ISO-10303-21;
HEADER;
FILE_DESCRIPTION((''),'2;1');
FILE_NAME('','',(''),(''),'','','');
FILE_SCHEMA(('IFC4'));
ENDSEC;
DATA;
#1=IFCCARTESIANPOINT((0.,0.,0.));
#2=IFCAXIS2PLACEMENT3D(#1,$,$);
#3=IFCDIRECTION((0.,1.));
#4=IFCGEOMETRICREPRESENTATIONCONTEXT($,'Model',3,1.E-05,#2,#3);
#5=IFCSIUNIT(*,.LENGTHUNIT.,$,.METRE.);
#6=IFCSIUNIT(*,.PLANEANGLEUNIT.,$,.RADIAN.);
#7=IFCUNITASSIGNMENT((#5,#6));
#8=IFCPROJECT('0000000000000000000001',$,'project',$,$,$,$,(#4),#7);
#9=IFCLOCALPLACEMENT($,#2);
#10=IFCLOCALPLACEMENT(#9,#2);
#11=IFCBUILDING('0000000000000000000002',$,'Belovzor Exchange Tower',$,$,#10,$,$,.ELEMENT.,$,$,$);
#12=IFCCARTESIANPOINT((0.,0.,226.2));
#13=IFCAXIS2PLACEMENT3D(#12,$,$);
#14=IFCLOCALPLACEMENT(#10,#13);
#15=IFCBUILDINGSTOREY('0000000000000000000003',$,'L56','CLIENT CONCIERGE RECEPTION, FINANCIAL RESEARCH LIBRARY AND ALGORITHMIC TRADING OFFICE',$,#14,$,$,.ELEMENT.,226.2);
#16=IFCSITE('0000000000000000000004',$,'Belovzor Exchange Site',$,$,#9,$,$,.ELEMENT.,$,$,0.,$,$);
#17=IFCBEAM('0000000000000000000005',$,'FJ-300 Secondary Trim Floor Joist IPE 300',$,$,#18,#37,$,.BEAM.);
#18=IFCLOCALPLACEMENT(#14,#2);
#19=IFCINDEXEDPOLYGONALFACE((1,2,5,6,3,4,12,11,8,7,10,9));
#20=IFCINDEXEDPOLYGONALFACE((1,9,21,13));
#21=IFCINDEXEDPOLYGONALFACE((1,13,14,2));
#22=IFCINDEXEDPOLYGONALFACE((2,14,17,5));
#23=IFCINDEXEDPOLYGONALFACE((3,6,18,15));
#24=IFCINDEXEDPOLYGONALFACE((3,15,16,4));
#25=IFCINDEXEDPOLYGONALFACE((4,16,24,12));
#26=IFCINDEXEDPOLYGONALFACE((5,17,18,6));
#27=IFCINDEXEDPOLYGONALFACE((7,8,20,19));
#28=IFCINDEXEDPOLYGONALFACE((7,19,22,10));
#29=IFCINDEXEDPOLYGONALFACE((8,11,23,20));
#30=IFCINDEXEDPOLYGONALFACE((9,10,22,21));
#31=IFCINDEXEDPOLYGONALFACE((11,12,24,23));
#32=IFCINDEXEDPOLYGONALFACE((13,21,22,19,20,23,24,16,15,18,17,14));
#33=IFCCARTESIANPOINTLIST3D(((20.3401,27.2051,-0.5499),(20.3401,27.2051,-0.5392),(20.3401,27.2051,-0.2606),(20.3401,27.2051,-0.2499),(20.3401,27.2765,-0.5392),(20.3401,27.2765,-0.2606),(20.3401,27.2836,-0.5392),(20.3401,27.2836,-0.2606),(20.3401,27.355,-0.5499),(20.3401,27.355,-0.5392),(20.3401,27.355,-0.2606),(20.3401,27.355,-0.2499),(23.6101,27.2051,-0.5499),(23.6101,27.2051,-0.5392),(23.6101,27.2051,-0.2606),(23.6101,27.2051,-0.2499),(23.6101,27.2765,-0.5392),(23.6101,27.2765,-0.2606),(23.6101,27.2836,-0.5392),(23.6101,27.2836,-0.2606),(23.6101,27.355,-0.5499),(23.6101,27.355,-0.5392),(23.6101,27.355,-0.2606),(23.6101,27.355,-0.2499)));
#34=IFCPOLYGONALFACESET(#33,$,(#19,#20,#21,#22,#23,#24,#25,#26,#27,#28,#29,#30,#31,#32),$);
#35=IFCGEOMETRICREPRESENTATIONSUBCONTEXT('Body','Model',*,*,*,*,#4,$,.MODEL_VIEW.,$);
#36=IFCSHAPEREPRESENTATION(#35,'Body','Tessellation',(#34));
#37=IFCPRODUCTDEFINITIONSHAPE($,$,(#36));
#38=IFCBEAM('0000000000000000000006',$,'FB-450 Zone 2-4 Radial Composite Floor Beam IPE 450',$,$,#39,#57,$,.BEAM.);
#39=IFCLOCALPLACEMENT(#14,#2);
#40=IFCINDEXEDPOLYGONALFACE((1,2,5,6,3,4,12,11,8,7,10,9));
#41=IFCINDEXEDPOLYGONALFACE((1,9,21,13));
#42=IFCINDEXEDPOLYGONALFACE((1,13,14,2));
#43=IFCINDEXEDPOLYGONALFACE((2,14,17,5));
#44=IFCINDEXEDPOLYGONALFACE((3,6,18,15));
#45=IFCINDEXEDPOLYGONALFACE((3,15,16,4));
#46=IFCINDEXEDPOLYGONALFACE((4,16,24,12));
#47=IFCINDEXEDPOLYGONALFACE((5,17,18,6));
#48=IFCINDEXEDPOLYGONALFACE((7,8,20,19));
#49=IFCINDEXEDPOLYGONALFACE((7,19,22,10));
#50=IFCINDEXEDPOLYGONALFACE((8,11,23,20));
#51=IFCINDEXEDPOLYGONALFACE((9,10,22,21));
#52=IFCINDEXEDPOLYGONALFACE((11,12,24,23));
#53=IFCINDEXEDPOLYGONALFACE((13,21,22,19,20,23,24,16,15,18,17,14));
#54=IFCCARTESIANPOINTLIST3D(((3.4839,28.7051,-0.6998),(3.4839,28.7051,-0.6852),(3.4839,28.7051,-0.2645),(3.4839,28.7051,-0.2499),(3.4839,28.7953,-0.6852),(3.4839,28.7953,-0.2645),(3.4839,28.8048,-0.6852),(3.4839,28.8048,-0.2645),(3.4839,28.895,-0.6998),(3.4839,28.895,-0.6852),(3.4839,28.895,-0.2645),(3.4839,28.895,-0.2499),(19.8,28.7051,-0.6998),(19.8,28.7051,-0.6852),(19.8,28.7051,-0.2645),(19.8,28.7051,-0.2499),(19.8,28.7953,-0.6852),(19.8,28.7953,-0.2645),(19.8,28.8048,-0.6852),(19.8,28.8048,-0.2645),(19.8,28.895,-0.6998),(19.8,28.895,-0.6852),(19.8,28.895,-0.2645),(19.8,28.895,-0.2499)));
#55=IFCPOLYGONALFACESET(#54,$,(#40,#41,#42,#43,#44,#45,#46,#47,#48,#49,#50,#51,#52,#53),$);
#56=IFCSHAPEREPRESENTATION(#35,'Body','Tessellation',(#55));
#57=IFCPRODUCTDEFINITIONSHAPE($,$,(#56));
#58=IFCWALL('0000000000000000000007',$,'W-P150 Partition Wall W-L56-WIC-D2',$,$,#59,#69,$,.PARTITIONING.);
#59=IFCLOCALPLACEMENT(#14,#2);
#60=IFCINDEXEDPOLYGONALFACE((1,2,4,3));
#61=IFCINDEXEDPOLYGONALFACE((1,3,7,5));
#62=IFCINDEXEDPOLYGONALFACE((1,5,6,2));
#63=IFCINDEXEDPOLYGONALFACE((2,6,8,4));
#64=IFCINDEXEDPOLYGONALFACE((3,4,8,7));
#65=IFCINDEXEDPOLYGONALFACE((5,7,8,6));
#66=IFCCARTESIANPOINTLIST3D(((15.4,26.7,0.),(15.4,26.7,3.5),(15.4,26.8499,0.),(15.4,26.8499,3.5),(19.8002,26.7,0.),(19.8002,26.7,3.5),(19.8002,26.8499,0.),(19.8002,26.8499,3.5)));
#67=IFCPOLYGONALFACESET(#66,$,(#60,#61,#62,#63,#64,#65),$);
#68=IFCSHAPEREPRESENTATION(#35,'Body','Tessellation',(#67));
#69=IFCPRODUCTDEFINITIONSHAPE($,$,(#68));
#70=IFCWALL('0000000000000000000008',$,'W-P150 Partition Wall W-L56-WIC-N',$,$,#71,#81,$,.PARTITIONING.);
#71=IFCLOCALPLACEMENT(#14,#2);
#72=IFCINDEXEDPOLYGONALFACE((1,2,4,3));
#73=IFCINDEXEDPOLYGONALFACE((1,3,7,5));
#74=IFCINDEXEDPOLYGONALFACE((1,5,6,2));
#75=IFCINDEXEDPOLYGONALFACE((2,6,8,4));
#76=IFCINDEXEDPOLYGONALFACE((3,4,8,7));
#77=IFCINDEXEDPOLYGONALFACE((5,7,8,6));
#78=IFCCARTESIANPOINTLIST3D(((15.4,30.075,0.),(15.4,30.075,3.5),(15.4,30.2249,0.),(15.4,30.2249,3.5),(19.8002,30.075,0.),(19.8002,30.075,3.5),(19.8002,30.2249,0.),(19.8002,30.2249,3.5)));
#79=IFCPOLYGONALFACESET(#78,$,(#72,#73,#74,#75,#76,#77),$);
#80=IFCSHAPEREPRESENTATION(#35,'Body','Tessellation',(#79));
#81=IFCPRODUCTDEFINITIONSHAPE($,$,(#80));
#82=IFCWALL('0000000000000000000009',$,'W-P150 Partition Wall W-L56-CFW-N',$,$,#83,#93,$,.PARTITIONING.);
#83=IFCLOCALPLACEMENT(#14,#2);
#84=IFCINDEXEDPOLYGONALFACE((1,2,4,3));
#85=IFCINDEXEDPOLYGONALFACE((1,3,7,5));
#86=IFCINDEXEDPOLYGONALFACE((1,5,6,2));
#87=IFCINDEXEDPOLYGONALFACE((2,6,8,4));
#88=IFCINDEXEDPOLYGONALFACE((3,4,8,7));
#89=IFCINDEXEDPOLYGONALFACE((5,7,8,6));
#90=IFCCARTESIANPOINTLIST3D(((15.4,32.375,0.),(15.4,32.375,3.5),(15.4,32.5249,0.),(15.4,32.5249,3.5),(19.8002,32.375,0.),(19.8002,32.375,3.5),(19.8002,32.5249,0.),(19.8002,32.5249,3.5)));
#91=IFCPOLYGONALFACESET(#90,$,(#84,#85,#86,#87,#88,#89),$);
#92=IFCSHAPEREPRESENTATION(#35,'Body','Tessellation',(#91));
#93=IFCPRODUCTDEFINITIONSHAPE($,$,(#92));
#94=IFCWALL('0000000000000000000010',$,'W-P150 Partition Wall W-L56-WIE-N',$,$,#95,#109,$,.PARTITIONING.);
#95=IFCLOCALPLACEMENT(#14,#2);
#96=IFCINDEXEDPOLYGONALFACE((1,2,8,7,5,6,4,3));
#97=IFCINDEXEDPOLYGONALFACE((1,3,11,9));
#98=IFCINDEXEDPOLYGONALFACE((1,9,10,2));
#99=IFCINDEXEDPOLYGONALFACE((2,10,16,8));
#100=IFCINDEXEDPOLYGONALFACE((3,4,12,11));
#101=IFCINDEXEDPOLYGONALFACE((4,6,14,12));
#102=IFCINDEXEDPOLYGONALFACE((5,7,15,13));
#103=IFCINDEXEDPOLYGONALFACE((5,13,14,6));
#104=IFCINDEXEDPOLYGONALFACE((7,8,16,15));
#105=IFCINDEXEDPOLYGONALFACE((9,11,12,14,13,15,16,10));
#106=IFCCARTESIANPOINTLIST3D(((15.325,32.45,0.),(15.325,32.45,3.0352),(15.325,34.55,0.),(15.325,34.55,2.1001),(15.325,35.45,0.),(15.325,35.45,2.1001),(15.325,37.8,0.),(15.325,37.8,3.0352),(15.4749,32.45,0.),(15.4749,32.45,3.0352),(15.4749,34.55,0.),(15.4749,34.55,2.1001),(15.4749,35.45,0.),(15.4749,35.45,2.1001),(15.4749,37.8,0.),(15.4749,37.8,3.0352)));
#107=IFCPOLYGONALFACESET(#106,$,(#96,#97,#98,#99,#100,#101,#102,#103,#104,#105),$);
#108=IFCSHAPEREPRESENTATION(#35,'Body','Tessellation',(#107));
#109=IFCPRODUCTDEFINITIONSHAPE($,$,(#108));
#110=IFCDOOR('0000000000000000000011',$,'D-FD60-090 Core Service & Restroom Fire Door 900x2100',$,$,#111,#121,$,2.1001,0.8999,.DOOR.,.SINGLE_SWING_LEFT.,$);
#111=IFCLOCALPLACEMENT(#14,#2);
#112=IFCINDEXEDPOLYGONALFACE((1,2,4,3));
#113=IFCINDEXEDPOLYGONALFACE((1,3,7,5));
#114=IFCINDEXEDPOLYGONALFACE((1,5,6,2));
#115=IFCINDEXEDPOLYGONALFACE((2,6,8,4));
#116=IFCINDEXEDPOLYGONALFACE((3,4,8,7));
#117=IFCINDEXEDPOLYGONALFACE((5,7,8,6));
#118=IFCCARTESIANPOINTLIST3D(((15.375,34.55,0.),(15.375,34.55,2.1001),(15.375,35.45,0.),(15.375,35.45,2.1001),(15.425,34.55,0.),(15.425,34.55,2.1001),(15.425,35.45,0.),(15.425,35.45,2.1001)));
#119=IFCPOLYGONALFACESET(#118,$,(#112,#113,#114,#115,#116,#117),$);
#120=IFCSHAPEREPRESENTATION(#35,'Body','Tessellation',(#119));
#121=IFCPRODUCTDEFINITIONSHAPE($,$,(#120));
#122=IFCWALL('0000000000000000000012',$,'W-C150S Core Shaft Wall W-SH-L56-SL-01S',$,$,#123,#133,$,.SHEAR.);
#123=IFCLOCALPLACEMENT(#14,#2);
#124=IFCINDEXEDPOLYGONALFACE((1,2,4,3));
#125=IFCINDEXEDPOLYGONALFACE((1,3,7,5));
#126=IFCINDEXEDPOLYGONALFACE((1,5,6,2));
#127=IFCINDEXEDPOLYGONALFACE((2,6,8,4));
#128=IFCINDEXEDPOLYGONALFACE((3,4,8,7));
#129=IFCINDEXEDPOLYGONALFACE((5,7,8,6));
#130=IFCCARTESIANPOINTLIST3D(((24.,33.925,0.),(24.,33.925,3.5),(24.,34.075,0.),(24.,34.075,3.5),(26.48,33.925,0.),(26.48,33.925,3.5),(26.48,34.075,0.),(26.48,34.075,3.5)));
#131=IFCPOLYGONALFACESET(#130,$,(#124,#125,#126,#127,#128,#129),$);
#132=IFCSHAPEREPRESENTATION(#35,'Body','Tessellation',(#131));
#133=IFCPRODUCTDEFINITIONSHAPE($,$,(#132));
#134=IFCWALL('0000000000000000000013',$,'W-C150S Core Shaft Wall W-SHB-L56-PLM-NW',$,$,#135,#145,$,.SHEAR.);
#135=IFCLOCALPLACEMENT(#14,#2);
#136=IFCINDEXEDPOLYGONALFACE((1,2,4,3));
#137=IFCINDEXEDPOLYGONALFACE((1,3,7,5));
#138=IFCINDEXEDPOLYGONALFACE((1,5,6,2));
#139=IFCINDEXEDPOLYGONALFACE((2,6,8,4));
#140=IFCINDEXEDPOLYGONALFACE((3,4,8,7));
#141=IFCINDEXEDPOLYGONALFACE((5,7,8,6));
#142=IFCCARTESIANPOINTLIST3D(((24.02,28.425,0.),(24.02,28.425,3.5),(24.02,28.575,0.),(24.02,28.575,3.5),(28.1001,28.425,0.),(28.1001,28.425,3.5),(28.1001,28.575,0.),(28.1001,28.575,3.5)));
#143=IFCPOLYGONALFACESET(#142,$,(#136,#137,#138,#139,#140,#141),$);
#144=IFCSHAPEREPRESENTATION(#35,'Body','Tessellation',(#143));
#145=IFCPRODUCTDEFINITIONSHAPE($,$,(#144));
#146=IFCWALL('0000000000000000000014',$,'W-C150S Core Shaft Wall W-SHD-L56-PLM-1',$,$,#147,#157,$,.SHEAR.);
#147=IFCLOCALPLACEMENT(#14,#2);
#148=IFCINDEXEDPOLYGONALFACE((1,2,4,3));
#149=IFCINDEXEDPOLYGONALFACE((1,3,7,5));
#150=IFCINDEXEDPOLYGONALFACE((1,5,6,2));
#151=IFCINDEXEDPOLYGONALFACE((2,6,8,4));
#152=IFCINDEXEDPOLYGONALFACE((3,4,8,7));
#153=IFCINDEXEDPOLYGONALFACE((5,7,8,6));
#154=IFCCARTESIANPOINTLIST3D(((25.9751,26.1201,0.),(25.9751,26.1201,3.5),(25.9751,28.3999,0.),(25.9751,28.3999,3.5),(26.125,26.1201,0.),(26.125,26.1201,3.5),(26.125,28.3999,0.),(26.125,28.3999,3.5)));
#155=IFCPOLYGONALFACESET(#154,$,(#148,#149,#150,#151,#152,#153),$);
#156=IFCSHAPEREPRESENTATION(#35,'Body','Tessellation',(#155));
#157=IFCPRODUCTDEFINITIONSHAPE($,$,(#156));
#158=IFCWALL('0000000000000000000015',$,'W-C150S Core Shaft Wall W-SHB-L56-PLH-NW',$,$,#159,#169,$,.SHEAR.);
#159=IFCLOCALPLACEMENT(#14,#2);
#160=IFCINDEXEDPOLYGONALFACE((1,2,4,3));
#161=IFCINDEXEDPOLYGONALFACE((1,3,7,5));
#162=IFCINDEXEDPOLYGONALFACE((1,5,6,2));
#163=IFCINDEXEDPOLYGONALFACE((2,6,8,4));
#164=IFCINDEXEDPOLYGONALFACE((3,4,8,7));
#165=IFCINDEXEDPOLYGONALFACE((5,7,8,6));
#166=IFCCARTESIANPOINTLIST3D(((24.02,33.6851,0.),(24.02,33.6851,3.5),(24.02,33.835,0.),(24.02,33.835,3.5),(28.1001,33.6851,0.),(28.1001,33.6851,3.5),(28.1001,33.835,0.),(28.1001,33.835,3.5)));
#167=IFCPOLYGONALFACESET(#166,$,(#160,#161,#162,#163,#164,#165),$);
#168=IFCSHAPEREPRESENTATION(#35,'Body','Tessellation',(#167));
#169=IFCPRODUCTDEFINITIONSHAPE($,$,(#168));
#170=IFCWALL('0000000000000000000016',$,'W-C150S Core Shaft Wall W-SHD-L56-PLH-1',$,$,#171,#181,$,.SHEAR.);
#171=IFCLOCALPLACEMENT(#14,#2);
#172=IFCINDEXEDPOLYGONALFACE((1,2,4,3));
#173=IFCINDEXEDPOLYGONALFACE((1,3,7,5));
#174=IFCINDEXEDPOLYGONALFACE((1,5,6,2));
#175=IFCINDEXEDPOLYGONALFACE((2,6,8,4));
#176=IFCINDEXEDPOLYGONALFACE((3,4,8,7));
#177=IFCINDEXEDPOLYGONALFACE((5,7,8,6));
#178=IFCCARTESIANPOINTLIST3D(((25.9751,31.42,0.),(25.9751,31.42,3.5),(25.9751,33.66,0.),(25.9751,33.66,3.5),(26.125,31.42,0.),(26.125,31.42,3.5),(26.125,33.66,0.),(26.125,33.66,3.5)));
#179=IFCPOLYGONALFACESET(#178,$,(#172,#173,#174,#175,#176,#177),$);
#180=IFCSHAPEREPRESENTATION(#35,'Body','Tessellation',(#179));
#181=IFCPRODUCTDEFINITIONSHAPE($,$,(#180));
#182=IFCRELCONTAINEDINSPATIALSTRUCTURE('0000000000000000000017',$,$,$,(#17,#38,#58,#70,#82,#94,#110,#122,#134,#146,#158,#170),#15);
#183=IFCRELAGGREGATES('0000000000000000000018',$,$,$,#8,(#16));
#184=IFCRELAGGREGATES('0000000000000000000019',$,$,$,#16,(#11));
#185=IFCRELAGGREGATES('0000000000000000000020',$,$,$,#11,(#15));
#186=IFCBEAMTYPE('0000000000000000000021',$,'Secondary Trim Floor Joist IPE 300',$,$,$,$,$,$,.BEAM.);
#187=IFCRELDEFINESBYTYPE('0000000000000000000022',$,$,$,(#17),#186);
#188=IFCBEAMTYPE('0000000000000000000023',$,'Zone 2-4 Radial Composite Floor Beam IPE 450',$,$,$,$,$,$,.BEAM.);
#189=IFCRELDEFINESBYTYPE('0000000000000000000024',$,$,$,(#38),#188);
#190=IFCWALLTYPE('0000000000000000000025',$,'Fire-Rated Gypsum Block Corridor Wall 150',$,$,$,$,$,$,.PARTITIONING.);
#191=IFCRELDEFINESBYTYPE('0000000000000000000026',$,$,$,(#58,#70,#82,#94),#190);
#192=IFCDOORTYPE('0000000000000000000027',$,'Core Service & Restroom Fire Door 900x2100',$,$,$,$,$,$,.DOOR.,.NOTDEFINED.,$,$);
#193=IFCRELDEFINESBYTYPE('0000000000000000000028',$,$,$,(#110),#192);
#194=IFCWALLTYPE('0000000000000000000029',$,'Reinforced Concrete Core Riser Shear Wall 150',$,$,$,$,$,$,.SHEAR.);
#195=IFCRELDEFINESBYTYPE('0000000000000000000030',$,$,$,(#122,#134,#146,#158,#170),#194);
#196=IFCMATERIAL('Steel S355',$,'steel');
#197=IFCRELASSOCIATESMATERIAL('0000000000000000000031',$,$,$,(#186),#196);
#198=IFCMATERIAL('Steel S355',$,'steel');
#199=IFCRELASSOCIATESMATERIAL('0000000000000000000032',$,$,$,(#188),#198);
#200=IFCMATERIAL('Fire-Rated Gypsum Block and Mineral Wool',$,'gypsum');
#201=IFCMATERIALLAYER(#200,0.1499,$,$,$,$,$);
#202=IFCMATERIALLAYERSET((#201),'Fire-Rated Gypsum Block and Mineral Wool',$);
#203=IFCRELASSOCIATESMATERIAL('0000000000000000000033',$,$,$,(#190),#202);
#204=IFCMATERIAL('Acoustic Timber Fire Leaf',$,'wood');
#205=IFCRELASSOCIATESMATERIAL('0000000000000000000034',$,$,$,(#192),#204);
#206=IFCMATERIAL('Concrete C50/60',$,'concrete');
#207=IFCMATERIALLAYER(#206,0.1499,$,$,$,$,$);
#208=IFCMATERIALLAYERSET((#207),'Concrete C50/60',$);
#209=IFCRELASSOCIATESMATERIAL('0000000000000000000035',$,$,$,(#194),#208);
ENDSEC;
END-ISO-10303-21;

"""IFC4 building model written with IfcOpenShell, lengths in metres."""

from ifc_helpers import new_model, si_unit, direction, frame, frame_2d, origin, origin_2d, place, context, subcontext, project, spatial, rectangle, i_section, extrude, material, layer, layer_set, material_profile, profile_set, type_object, element, fill, save


model = new_model("IFC4")

# Units and contexts
model_context = context("Model", 3, precision=1e-05, world=origin(), true_north=direction((0.0, 1.0)))
body_context = subcontext(model_context, "Body", "Model", "MODEL_VIEW")
ifc_project = project(units=[si_unit("LENGTHUNIT", "METRE"), si_unit("PLANEANGLEUNIT", "RADIAN")], contexts=[model_context])

# Site, building, storey
site_placement = place(None, origin())
site = spatial("IfcSite", under=ifc_project, at=site_placement, Name="Belovzor Exchange Site", CompositionType="ELEMENT", RefElevation=0.0)
building_placement = place(site_placement, origin())
building = spatial("IfcBuilding", under=site, at=building_placement, Name="Belovzor Exchange Tower", CompositionType="ELEMENT")
storey_placement = place(building_placement, frame((0.0, 0.0, 226.2)))
storey = spatial("IfcBuildingStorey", under=building, at=storey_placement, Name="L56", Description="CLIENT CONCIERGE RECEPTION, FINANCIAL RESEARCH LIBRARY AND ALGORITHMIC TRADING OFFICE", CompositionType="ELEMENT", Elevation=226.2)

# Beams
ifc_material_1 = material(Name="Steel S355", Category="steel")
ifc_material_profile_1 = material_profile(ifc_material_1, i_section(OverallWidth=0.1499, OverallDepth=0.3, WebThickness=0.0071, FlangeThickness=0.0107, at=origin_2d()))
ifc_profile_set_1 = profile_set([ifc_material_profile_1], Name="Steel S355")
beam_type_1 = type_object("IfcBeamType", Name="Secondary Trim Floor Joist IPE 300", PredefinedType="BEAM", material=ifc_profile_set_1)
beam_1_placement = place(storey_placement, frame((20.3401, 27.28, -0.3999), z_axis=(1.0, 0.0, 0.0), x_axis=(0.0, 1.0, 0.0)))
element("IfcBeam", 1, at=beam_1_placement, inside=storey, type_object=beam_type_1, Name="FJ-300 Secondary Trim Floor Joist IPE 300", PredefinedType="BEAM", context=body_context, shape_type="SweptSolid", body=[
    extrude(i_section(OverallWidth=0.1499, OverallDepth=0.3, WebThickness=0.0071, FlangeThickness=0.0107, at=origin_2d()), origin(), (0.0, 0.0, 1.0), 3.27),
])
ifc_material_2 = material(Name="Steel S355", Category="steel")
ifc_material_profile_2 = material_profile(ifc_material_2, i_section(OverallWidth=0.1899, OverallDepth=0.45, WebThickness=0.0095, FlangeThickness=0.0146, at=origin_2d()))
ifc_profile_set_2 = profile_set([ifc_material_profile_2], Name="Steel S355")
beam_type_2 = type_object("IfcBeamType", Name="Zone 2-4 Radial Composite Floor Beam IPE 450", PredefinedType="BEAM", material=ifc_profile_set_2)
beam_2_placement = place(storey_placement, frame((19.8, 28.8, -0.4749), z_axis=(-1.0, 0.0, 0.0), x_axis=(0.0, -1.0, 0.0)))
element("IfcBeam", 2, at=beam_2_placement, inside=storey, type_object=beam_type_2, Name="FB-450 Zone 2-4 Radial Composite Floor Beam IPE 450", PredefinedType="BEAM", context=body_context, shape_type="SweptSolid", body=[
    extrude(i_section(OverallWidth=0.1899, OverallDepth=0.45, WebThickness=0.0095, FlangeThickness=0.0146, at=origin_2d()), origin(), (0.0, 0.0, 1.0), 16.3162),
])

# Walls
ifc_material_3 = material(Name="Fire-Rated Gypsum Block and Mineral Wool", Category="gypsum")
ifc_layer_1 = layer(ifc_material_3, 0.1499)
ifc_layer_set_1 = layer_set([ifc_layer_1], Name="Fire-Rated Gypsum Block and Mineral Wool")
wall_type_1 = type_object("IfcWallType", Name="Fire-Rated Gypsum Block Corridor Wall 150", PredefinedType="PARTITIONING", material=ifc_layer_set_1)
for number, where, z_axis, x_axis, name in (
    (3, (15.3999, 26.7749, 0.0), (0.0, 0.0, 1.0), (1.0, 0.0, 0.0), "W-P150 Partition Wall W-L56-WIC-D2"),
    (4, (15.3999, 30.1499, 0.0), (0.0, 0.0, 1.0), (1.0, 0.0, 0.0), "W-P150 Partition Wall W-L56-WIC-N"),
    (5, (15.3999, 32.45, 0.0), (0.0, 0.0, 1.0), (1.0, 0.0, 0.0), "W-P150 Partition Wall W-L56-CFW-N"),
):
    element("IfcWall", number, at=place(storey_placement, frame(where, z_axis=z_axis, x_axis=x_axis)), inside=storey, type_object=wall_type_1, Name=name, PredefinedType="PARTITIONING", context=body_context, shape_type="SweptSolid", body=[
        extrude(rectangle(XDim=4.4001, YDim=0.1499, at=frame_2d((2.2002, 0.0))), origin(), (0.0, 0.0, 1.0), 3.5),
    ])

# Wall, opening, door
wall_1_placement = place(storey_placement, frame((15.3999, 32.45, 0.0), z_axis=(0.0, 0.0, 1.0), x_axis=(0.0, 1.0, 0.0)))
wall_1 = element("IfcWall", 6, at=wall_1_placement, inside=storey, type_object=wall_type_1, Name="W-P150 Partition Wall W-L56-WIE-N", PredefinedType="PARTITIONING", context=body_context, shape_type="SweptSolid", body=[
    extrude(rectangle(XDim=5.3501, YDim=0.1499, at=frame_2d((2.675, 0.0))), origin(), (0.0, 0.0, 1.0), 3.0352),
])
opening_1_placement = place(wall_1_placement, frame((2.1001, 0.0, 0.0)))
opening_1 = element("IfcOpeningElement", 7, at=opening_1_placement, cuts=wall_1, PredefinedType="OPENING", context=body_context, shape_type="SweptSolid", body=[
    extrude(rectangle(XDim=0.8999, YDim=2.1001, at=frame_2d((0.45, 1.05))), frame((0.0, 0.085, 0.0), z_axis=(0.0, -1.0, 0.0), x_axis=(1.0, 0.0, 0.0)), (0.0, 0.0, 1.0), 0.1699),
])
ifc_material_4 = material(Name="Acoustic Timber Fire Leaf", Category="wood")
door_type_1 = type_object("IfcDoorType", Name="Core Service & Restroom Fire Door 900x2100", OperationType="NOTDEFINED", PredefinedType="DOOR", material=ifc_material_4)
door_1_placement = place(opening_1_placement, origin())
door_1 = element("IfcDoor", 8, at=door_1_placement, inside=storey, type_object=door_type_1, Name="D-FD60-090 Core Service & Restroom Fire Door 900x2100", OperationType="SINGLE_SWING_LEFT", OverallHeight=2.1001, OverallWidth=0.8999, PredefinedType="DOOR", context=body_context, shape_type="SweptSolid", body=[
    extrude(rectangle(XDim=0.8999, YDim=2.1001, at=frame_2d((0.45, 1.05))), frame((0.0, 0.0249, 0.0), z_axis=(0.0, -1.0, 0.0), x_axis=(1.0, 0.0, 0.0)), (0.0, 0.0, 1.0), 0.05),
])
fill(opening_1, door_1)

# Walls
ifc_material_5 = material(Name="Concrete C50/60", Category="concrete")
ifc_layer_2 = layer(ifc_material_5, 0.1499)
ifc_layer_set_2 = layer_set([ifc_layer_2], Name="Concrete C50/60")
wall_type_2 = type_object("IfcWallType", Name="Reinforced Concrete Core Riser Shear Wall 150", PredefinedType="SHEAR", material=ifc_layer_set_2)
wall_2_placement = place(storey_placement, frame((24.0, 34.0, 0.0), z_axis=(0.0, 0.0, 1.0), x_axis=(1.0, 0.0, 0.0)))
element("IfcWall", 9, at=wall_2_placement, inside=storey, type_object=wall_type_2, Name="W-C150S Core Shaft Wall W-SH-L56-SL-01S", PredefinedType="SHEAR", context=body_context, shape_type="SweptSolid", body=[
    extrude(rectangle(XDim=2.48, YDim=0.1499, at=frame_2d((1.24, 0.0))), origin(), (0.0, 0.0, 1.0), 3.5),
])
wall_3_placement = place(storey_placement, frame((24.02, 28.5, 0.0), z_axis=(0.0, 0.0, 1.0), x_axis=(1.0, 0.0, 0.0)))
element("IfcWall", 10, at=wall_3_placement, inside=storey, type_object=wall_type_2, Name="W-C150S Core Shaft Wall W-SHB-L56-PLM-NW", PredefinedType="SHEAR", context=body_context, shape_type="SweptSolid", body=[
    extrude(rectangle(XDim=4.0801, YDim=0.1499, at=frame_2d((2.04, 0.0))), origin(), (0.0, 0.0, 1.0), 3.5),
])
wall_4_placement = place(storey_placement, frame((26.05, 26.1201, 0.0), z_axis=(0.0, 0.0, 1.0), x_axis=(0.0, 1.0, 0.0)))
element("IfcWall", 11, at=wall_4_placement, inside=storey, type_object=wall_type_2, Name="W-C150S Core Shaft Wall W-SHD-L56-PLM-1", PredefinedType="SHEAR", context=body_context, shape_type="SweptSolid", body=[
    extrude(rectangle(XDim=2.2798, YDim=0.1499, at=frame_2d((1.1399, 0.0))), origin(), (0.0, 0.0, 1.0), 3.5),
])
wall_5_placement = place(storey_placement, frame((24.02, 33.76, 0.0), z_axis=(0.0, 0.0, 1.0), x_axis=(1.0, 0.0, 0.0)))
element("IfcWall", 12, at=wall_5_placement, inside=storey, type_object=wall_type_2, Name="W-C150S Core Shaft Wall W-SHB-L56-PLH-NW", PredefinedType="SHEAR", context=body_context, shape_type="SweptSolid", body=[
    extrude(rectangle(XDim=4.0801, YDim=0.1499, at=frame_2d((2.04, 0.0))), origin(), (0.0, 0.0, 1.0), 3.5),
])
wall_6_placement = place(storey_placement, frame((26.05, 31.4199, 0.0), z_axis=(0.0, 0.0, 1.0), x_axis=(0.0, 1.0, 0.0)))
element("IfcWall", 13, at=wall_6_placement, inside=storey, type_object=wall_type_2, Name="W-C150S Core Shaft Wall W-SHD-L56-PLH-1", PredefinedType="SHEAR", context=body_context, shape_type="SweptSolid", body=[
    extrude(rectangle(XDim=2.24, YDim=0.1499, at=frame_2d((1.1201, 0.0))), origin(), (0.0, 0.0, 1.0), 3.5),
])

save(model, "model.ifc")
